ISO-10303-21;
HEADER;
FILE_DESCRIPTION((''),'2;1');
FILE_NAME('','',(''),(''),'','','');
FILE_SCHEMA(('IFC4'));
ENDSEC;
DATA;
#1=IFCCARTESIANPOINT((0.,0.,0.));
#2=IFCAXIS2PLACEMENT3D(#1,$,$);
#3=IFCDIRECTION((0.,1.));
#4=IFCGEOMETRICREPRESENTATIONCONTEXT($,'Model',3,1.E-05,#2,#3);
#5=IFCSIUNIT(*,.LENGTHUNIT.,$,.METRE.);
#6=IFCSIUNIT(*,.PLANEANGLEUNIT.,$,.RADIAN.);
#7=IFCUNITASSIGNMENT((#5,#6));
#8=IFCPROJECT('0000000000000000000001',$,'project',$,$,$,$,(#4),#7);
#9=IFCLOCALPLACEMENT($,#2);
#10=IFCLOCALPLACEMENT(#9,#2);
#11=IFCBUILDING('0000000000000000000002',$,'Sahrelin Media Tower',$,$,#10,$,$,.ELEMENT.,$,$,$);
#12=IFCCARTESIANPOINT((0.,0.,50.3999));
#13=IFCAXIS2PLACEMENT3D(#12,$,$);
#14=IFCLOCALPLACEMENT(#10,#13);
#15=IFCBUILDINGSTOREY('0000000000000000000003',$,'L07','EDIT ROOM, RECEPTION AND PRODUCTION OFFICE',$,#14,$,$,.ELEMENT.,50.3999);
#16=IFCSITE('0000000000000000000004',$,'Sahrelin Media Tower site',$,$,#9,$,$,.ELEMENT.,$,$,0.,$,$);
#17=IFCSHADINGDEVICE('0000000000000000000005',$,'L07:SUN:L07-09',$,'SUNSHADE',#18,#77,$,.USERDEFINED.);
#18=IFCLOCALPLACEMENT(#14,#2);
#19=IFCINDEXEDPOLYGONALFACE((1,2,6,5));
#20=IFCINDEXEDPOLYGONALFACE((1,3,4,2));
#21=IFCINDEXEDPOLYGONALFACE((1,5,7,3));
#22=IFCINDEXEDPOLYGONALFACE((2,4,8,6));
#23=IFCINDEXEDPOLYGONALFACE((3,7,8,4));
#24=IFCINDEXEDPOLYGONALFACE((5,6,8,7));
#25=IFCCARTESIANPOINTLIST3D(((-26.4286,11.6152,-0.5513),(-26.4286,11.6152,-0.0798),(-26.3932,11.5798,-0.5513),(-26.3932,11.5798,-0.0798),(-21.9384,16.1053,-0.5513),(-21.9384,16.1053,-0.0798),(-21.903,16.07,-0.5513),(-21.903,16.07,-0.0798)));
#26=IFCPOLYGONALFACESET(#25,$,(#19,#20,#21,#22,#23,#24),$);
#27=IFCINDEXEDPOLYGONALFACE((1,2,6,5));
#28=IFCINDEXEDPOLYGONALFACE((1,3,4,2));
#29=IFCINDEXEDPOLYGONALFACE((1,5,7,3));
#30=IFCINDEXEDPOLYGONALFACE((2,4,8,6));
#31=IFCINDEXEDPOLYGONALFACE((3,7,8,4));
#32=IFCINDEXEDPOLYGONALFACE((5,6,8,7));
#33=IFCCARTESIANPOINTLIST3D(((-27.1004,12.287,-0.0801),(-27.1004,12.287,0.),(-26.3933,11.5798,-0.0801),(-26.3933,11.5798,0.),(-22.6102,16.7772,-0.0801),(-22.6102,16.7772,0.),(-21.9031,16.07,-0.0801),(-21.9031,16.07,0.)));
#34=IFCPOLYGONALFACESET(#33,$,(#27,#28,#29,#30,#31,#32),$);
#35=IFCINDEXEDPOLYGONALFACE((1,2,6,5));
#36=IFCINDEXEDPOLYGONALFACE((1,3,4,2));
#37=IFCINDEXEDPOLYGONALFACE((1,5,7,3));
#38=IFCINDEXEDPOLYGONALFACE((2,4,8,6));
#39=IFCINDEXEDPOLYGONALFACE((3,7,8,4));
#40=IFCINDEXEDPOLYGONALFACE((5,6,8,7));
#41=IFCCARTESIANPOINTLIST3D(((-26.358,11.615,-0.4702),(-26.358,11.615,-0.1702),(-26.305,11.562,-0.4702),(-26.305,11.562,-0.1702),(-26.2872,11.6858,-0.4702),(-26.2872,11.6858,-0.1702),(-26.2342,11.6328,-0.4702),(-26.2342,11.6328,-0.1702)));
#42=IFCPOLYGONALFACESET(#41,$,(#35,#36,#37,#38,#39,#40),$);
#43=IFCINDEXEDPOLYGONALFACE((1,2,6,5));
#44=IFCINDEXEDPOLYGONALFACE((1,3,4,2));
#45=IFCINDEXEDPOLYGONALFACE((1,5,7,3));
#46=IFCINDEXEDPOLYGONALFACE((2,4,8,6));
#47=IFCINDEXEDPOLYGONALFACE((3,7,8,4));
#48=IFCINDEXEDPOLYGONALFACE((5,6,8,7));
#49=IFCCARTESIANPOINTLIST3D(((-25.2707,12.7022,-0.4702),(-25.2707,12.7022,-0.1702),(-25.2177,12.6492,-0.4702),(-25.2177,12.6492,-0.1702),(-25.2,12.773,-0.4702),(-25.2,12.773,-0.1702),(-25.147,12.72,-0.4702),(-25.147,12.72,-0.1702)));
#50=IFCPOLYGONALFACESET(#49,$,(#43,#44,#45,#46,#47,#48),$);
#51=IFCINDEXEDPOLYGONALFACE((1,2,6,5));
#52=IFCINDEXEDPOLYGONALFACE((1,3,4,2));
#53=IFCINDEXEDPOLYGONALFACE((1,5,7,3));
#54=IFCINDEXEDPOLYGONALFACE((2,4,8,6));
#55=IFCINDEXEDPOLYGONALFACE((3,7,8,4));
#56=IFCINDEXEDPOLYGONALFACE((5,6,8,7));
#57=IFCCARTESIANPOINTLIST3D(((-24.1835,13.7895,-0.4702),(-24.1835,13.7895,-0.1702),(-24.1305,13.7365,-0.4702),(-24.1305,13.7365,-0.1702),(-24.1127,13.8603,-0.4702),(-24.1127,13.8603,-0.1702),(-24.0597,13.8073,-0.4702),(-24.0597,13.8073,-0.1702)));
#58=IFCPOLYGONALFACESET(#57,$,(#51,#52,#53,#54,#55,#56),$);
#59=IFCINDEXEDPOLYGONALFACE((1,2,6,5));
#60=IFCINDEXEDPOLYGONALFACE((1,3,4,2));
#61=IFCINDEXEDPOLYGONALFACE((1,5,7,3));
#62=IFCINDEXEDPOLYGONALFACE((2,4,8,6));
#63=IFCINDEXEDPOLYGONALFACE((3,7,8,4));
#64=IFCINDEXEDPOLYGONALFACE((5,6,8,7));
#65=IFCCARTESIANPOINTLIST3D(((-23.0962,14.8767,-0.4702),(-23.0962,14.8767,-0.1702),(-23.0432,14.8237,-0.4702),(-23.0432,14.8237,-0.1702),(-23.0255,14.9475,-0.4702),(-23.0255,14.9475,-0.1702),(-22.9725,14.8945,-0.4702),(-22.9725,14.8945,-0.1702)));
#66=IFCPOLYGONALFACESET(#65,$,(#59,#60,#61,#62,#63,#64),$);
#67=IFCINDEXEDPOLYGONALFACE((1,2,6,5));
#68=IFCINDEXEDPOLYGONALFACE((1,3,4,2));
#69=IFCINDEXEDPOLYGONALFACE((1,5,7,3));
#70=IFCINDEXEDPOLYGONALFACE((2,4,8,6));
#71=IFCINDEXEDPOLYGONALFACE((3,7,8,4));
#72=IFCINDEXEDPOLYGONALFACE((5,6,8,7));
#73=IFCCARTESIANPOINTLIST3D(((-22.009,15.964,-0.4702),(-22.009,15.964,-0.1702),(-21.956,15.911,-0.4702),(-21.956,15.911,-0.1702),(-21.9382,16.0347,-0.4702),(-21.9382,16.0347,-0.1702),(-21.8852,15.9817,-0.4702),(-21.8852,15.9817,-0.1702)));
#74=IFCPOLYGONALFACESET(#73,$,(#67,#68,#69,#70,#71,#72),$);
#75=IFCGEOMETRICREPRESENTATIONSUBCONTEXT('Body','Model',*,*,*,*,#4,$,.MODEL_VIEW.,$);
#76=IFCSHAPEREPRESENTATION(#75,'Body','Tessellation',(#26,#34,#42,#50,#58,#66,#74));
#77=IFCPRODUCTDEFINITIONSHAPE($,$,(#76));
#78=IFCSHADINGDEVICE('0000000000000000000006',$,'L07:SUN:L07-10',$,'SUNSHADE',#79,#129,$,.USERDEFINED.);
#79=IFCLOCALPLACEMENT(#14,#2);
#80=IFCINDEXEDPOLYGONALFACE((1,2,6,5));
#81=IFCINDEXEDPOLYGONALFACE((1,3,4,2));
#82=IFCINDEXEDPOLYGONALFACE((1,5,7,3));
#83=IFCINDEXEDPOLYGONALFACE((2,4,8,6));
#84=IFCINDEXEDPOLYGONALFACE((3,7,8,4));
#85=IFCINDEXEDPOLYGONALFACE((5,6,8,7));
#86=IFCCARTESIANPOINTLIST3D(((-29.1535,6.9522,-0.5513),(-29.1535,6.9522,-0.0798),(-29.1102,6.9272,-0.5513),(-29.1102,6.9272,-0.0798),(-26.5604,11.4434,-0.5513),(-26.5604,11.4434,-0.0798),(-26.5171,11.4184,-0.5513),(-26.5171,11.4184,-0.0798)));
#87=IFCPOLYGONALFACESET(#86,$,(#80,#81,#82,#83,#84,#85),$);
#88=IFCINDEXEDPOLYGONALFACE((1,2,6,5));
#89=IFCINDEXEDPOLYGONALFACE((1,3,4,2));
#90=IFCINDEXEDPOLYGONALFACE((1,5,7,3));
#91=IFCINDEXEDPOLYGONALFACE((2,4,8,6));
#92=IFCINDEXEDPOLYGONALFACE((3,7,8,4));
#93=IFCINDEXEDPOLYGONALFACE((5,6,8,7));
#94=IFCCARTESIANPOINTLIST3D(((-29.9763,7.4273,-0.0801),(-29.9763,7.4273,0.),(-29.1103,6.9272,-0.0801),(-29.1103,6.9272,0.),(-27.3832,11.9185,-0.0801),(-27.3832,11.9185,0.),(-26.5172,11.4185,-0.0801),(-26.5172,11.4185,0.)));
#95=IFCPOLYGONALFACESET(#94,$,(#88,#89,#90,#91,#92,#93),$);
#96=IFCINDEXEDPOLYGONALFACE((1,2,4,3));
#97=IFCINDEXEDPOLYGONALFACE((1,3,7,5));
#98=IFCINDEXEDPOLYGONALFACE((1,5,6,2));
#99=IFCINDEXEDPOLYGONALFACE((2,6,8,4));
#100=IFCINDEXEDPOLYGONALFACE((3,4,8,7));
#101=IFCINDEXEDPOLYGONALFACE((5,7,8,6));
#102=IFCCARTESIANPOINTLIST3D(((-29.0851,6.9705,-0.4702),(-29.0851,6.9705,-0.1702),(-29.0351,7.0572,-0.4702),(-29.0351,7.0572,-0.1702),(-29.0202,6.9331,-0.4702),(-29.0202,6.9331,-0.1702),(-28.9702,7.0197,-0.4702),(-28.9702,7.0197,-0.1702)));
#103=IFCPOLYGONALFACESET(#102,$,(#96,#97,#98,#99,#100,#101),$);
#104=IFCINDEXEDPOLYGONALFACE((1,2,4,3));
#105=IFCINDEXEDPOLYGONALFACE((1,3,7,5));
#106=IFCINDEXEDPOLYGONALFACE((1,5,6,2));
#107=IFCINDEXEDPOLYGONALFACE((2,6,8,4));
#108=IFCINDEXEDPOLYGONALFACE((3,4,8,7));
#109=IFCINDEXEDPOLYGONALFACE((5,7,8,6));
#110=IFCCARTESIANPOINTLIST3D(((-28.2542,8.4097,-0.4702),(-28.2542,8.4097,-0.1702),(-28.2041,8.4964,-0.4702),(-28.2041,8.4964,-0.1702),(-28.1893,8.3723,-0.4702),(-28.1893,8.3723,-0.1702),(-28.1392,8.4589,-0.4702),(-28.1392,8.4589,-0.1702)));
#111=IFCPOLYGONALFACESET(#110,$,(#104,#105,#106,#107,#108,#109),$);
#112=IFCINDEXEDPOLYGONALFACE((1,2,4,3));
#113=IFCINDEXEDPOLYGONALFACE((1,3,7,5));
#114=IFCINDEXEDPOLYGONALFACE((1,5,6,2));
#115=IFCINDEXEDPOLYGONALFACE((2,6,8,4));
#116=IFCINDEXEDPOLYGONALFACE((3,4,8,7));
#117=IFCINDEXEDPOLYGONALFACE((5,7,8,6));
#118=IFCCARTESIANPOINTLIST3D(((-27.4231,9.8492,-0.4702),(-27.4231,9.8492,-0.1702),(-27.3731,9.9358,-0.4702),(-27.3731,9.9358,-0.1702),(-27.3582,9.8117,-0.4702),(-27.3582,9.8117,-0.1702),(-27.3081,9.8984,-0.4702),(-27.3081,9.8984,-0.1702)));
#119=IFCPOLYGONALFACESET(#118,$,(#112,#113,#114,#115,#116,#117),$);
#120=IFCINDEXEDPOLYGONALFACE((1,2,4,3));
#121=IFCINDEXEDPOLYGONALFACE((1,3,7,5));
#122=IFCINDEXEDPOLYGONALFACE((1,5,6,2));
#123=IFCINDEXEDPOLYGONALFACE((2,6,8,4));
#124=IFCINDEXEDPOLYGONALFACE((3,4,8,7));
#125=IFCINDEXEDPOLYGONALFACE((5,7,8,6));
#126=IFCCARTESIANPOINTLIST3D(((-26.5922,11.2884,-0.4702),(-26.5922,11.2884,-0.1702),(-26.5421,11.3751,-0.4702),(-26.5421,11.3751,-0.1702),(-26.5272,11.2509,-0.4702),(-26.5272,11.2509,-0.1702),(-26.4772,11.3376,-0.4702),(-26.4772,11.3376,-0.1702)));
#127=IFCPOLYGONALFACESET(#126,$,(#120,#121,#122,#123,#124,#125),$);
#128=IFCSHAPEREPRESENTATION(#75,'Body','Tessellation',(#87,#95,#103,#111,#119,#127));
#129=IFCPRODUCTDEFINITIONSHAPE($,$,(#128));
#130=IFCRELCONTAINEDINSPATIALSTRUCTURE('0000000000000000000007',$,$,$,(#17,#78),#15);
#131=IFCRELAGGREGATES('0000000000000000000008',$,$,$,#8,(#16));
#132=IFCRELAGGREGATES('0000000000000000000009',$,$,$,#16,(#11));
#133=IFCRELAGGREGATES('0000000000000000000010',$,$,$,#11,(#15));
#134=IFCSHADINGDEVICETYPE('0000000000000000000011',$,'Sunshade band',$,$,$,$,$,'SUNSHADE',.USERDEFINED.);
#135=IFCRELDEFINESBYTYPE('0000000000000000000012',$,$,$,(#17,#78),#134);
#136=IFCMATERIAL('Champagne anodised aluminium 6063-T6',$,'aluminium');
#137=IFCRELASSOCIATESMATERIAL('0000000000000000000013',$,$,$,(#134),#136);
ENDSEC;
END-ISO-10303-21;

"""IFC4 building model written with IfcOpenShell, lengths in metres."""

from ifc_helpers import new_model, si_unit, direction, frame, origin, origin_2d, place, context, subcontext, project, spatial, rectangle, extrude, material, type_object, element, save


model = new_model("IFC4")

# Units and contexts
model_context = context("Model", 3, precision=1e-05, world=origin(), true_north=direction((0.0, 1.0)))
body_context = subcontext(model_context, "Body", "Model", "MODEL_VIEW")
ifc_project = project(units=[si_unit("LENGTHUNIT", "METRE"), si_unit("PLANEANGLEUNIT", "RADIAN")], contexts=[model_context])

# Site, building, storey
site_placement = place(None, origin())
site = spatial("IfcSite", under=ifc_project, at=site_placement, Name="Sahrelin Media Tower site", CompositionType="ELEMENT", RefElevation=0.0)
building_placement = place(site_placement, origin())
building = spatial("IfcBuilding", under=site, at=building_placement, Name="Sahrelin Media Tower", CompositionType="ELEMENT")
storey_placement = place(building_placement, frame((0.0, 0.0, 50.3999)))
storey = spatial("IfcBuildingStorey", under=building, at=storey_placement, Name="L07", Description="EDIT ROOM, RECEPTION AND PRODUCTION OFFICE", CompositionType="ELEMENT", Elevation=50.3999)

# Shared definitions
ifc_material_1 = material(Name="Champagne anodised aluminium 6063-T6", Category="aluminium")

# Shading devices
placement_1 = place(storey_placement, frame((-24.134, 13.8108, 0.0), z_axis=(0.0, 0.0, 1.0), x_axis=(0.707107, 0.707107, 0.0)))
placement_2 = place(storey_placement, frame((-27.7964, 9.1628, 0.0), z_axis=(0.0, 0.0, 1.0), x_axis=(0.500011, 0.866019, 0.0)))
shading_device_type_1 = type_object("IfcShadingDeviceType", Name="Sunshade band", ElementType="SUNSHADE", PredefinedType="USERDEFINED", material=ifc_material_1)
element("IfcShadingDevice", 1, at=placement_1, inside=storey, type_object=shading_device_type_1, Name="L07:SUN:L07-09", ObjectType="SUNSHADE", PredefinedType="USERDEFINED", context=body_context, shape_type="SweptSolid", body=[
    extrude(rectangle(XDim=6.3501, YDim=0.05, at=origin_2d()), frame((0.0, 0.0449, -0.5513)), (0.0, 0.0, 1.0), 0.4714),
    extrude(rectangle(XDim=6.3501, YDim=1.0, at=origin_2d()), frame((0.0, 0.52, -0.0801)), (0.0, 0.0, 1.0), 0.0801),
    extrude(rectangle(XDim=0.1001, YDim=0.075, at=origin_2d()), frame((-3.0752, -0.0176, -0.4702)), (0.0, 0.0, 1.0), 0.3),
    extrude(rectangle(XDim=0.1001, YDim=0.075, at=origin_2d()), frame((-1.5376, -0.0176, -0.4702)), (0.0, 0.0, 1.0), 0.3),
    extrude(rectangle(XDim=0.1001, YDim=0.075, at=origin_2d()), frame((0.0, -0.0176, -0.4702)), (0.0, 0.0, 1.0), 0.3),
    extrude(rectangle(XDim=0.1001, YDim=0.075, at=origin_2d()), frame((1.5376, -0.0176, -0.4702)), (0.0, 0.0, 1.0), 0.3),
    extrude(rectangle(XDim=0.1001, YDim=0.075, at=origin_2d()), frame((3.0752, -0.0176, -0.4702)), (0.0, 0.0, 1.0), 0.3),
])
element("IfcShadingDevice", 2, at=placement_2, inside=storey, type_object=shading_device_type_1, Name="L07:SUN:L07-10", ObjectType="SUNSHADE", PredefinedType="USERDEFINED", context=body_context, shape_type="SweptSolid", body=[
    extrude(rectangle(XDim=5.186, YDim=0.05, at=origin_2d()), frame((0.0, 0.0449, -0.5513)), (0.0, 0.0, 1.0), 0.4714),
    extrude(rectangle(XDim=5.186, YDim=1.0, at=origin_2d()), frame((0.0, 0.52, -0.0801)), (0.0, 0.0, 1.0), 0.0801),
    extrude(rectangle(XDim=0.1001, YDim=0.075, at=origin_2d()), frame((-2.4929, -0.0176, -0.4702)), (0.0, 0.0, 1.0), 0.3),
    extrude(rectangle(XDim=0.1001, YDim=0.075, at=origin_2d()), frame((-0.8311, -0.0176, -0.4702)), (0.0, 0.0, 1.0), 0.3),
    extrude(rectangle(XDim=0.1001, YDim=0.075, at=origin_2d()), frame((0.8311, -0.0176, -0.4702)), (0.0, 0.0, 1.0), 0.3),
    extrude(rectangle(XDim=0.1001, YDim=0.075, at=origin_2d()), frame((2.4929, -0.0176, -0.4702)), (0.0, 0.0, 1.0), 0.3),
])

save(model, "model.ifc")
